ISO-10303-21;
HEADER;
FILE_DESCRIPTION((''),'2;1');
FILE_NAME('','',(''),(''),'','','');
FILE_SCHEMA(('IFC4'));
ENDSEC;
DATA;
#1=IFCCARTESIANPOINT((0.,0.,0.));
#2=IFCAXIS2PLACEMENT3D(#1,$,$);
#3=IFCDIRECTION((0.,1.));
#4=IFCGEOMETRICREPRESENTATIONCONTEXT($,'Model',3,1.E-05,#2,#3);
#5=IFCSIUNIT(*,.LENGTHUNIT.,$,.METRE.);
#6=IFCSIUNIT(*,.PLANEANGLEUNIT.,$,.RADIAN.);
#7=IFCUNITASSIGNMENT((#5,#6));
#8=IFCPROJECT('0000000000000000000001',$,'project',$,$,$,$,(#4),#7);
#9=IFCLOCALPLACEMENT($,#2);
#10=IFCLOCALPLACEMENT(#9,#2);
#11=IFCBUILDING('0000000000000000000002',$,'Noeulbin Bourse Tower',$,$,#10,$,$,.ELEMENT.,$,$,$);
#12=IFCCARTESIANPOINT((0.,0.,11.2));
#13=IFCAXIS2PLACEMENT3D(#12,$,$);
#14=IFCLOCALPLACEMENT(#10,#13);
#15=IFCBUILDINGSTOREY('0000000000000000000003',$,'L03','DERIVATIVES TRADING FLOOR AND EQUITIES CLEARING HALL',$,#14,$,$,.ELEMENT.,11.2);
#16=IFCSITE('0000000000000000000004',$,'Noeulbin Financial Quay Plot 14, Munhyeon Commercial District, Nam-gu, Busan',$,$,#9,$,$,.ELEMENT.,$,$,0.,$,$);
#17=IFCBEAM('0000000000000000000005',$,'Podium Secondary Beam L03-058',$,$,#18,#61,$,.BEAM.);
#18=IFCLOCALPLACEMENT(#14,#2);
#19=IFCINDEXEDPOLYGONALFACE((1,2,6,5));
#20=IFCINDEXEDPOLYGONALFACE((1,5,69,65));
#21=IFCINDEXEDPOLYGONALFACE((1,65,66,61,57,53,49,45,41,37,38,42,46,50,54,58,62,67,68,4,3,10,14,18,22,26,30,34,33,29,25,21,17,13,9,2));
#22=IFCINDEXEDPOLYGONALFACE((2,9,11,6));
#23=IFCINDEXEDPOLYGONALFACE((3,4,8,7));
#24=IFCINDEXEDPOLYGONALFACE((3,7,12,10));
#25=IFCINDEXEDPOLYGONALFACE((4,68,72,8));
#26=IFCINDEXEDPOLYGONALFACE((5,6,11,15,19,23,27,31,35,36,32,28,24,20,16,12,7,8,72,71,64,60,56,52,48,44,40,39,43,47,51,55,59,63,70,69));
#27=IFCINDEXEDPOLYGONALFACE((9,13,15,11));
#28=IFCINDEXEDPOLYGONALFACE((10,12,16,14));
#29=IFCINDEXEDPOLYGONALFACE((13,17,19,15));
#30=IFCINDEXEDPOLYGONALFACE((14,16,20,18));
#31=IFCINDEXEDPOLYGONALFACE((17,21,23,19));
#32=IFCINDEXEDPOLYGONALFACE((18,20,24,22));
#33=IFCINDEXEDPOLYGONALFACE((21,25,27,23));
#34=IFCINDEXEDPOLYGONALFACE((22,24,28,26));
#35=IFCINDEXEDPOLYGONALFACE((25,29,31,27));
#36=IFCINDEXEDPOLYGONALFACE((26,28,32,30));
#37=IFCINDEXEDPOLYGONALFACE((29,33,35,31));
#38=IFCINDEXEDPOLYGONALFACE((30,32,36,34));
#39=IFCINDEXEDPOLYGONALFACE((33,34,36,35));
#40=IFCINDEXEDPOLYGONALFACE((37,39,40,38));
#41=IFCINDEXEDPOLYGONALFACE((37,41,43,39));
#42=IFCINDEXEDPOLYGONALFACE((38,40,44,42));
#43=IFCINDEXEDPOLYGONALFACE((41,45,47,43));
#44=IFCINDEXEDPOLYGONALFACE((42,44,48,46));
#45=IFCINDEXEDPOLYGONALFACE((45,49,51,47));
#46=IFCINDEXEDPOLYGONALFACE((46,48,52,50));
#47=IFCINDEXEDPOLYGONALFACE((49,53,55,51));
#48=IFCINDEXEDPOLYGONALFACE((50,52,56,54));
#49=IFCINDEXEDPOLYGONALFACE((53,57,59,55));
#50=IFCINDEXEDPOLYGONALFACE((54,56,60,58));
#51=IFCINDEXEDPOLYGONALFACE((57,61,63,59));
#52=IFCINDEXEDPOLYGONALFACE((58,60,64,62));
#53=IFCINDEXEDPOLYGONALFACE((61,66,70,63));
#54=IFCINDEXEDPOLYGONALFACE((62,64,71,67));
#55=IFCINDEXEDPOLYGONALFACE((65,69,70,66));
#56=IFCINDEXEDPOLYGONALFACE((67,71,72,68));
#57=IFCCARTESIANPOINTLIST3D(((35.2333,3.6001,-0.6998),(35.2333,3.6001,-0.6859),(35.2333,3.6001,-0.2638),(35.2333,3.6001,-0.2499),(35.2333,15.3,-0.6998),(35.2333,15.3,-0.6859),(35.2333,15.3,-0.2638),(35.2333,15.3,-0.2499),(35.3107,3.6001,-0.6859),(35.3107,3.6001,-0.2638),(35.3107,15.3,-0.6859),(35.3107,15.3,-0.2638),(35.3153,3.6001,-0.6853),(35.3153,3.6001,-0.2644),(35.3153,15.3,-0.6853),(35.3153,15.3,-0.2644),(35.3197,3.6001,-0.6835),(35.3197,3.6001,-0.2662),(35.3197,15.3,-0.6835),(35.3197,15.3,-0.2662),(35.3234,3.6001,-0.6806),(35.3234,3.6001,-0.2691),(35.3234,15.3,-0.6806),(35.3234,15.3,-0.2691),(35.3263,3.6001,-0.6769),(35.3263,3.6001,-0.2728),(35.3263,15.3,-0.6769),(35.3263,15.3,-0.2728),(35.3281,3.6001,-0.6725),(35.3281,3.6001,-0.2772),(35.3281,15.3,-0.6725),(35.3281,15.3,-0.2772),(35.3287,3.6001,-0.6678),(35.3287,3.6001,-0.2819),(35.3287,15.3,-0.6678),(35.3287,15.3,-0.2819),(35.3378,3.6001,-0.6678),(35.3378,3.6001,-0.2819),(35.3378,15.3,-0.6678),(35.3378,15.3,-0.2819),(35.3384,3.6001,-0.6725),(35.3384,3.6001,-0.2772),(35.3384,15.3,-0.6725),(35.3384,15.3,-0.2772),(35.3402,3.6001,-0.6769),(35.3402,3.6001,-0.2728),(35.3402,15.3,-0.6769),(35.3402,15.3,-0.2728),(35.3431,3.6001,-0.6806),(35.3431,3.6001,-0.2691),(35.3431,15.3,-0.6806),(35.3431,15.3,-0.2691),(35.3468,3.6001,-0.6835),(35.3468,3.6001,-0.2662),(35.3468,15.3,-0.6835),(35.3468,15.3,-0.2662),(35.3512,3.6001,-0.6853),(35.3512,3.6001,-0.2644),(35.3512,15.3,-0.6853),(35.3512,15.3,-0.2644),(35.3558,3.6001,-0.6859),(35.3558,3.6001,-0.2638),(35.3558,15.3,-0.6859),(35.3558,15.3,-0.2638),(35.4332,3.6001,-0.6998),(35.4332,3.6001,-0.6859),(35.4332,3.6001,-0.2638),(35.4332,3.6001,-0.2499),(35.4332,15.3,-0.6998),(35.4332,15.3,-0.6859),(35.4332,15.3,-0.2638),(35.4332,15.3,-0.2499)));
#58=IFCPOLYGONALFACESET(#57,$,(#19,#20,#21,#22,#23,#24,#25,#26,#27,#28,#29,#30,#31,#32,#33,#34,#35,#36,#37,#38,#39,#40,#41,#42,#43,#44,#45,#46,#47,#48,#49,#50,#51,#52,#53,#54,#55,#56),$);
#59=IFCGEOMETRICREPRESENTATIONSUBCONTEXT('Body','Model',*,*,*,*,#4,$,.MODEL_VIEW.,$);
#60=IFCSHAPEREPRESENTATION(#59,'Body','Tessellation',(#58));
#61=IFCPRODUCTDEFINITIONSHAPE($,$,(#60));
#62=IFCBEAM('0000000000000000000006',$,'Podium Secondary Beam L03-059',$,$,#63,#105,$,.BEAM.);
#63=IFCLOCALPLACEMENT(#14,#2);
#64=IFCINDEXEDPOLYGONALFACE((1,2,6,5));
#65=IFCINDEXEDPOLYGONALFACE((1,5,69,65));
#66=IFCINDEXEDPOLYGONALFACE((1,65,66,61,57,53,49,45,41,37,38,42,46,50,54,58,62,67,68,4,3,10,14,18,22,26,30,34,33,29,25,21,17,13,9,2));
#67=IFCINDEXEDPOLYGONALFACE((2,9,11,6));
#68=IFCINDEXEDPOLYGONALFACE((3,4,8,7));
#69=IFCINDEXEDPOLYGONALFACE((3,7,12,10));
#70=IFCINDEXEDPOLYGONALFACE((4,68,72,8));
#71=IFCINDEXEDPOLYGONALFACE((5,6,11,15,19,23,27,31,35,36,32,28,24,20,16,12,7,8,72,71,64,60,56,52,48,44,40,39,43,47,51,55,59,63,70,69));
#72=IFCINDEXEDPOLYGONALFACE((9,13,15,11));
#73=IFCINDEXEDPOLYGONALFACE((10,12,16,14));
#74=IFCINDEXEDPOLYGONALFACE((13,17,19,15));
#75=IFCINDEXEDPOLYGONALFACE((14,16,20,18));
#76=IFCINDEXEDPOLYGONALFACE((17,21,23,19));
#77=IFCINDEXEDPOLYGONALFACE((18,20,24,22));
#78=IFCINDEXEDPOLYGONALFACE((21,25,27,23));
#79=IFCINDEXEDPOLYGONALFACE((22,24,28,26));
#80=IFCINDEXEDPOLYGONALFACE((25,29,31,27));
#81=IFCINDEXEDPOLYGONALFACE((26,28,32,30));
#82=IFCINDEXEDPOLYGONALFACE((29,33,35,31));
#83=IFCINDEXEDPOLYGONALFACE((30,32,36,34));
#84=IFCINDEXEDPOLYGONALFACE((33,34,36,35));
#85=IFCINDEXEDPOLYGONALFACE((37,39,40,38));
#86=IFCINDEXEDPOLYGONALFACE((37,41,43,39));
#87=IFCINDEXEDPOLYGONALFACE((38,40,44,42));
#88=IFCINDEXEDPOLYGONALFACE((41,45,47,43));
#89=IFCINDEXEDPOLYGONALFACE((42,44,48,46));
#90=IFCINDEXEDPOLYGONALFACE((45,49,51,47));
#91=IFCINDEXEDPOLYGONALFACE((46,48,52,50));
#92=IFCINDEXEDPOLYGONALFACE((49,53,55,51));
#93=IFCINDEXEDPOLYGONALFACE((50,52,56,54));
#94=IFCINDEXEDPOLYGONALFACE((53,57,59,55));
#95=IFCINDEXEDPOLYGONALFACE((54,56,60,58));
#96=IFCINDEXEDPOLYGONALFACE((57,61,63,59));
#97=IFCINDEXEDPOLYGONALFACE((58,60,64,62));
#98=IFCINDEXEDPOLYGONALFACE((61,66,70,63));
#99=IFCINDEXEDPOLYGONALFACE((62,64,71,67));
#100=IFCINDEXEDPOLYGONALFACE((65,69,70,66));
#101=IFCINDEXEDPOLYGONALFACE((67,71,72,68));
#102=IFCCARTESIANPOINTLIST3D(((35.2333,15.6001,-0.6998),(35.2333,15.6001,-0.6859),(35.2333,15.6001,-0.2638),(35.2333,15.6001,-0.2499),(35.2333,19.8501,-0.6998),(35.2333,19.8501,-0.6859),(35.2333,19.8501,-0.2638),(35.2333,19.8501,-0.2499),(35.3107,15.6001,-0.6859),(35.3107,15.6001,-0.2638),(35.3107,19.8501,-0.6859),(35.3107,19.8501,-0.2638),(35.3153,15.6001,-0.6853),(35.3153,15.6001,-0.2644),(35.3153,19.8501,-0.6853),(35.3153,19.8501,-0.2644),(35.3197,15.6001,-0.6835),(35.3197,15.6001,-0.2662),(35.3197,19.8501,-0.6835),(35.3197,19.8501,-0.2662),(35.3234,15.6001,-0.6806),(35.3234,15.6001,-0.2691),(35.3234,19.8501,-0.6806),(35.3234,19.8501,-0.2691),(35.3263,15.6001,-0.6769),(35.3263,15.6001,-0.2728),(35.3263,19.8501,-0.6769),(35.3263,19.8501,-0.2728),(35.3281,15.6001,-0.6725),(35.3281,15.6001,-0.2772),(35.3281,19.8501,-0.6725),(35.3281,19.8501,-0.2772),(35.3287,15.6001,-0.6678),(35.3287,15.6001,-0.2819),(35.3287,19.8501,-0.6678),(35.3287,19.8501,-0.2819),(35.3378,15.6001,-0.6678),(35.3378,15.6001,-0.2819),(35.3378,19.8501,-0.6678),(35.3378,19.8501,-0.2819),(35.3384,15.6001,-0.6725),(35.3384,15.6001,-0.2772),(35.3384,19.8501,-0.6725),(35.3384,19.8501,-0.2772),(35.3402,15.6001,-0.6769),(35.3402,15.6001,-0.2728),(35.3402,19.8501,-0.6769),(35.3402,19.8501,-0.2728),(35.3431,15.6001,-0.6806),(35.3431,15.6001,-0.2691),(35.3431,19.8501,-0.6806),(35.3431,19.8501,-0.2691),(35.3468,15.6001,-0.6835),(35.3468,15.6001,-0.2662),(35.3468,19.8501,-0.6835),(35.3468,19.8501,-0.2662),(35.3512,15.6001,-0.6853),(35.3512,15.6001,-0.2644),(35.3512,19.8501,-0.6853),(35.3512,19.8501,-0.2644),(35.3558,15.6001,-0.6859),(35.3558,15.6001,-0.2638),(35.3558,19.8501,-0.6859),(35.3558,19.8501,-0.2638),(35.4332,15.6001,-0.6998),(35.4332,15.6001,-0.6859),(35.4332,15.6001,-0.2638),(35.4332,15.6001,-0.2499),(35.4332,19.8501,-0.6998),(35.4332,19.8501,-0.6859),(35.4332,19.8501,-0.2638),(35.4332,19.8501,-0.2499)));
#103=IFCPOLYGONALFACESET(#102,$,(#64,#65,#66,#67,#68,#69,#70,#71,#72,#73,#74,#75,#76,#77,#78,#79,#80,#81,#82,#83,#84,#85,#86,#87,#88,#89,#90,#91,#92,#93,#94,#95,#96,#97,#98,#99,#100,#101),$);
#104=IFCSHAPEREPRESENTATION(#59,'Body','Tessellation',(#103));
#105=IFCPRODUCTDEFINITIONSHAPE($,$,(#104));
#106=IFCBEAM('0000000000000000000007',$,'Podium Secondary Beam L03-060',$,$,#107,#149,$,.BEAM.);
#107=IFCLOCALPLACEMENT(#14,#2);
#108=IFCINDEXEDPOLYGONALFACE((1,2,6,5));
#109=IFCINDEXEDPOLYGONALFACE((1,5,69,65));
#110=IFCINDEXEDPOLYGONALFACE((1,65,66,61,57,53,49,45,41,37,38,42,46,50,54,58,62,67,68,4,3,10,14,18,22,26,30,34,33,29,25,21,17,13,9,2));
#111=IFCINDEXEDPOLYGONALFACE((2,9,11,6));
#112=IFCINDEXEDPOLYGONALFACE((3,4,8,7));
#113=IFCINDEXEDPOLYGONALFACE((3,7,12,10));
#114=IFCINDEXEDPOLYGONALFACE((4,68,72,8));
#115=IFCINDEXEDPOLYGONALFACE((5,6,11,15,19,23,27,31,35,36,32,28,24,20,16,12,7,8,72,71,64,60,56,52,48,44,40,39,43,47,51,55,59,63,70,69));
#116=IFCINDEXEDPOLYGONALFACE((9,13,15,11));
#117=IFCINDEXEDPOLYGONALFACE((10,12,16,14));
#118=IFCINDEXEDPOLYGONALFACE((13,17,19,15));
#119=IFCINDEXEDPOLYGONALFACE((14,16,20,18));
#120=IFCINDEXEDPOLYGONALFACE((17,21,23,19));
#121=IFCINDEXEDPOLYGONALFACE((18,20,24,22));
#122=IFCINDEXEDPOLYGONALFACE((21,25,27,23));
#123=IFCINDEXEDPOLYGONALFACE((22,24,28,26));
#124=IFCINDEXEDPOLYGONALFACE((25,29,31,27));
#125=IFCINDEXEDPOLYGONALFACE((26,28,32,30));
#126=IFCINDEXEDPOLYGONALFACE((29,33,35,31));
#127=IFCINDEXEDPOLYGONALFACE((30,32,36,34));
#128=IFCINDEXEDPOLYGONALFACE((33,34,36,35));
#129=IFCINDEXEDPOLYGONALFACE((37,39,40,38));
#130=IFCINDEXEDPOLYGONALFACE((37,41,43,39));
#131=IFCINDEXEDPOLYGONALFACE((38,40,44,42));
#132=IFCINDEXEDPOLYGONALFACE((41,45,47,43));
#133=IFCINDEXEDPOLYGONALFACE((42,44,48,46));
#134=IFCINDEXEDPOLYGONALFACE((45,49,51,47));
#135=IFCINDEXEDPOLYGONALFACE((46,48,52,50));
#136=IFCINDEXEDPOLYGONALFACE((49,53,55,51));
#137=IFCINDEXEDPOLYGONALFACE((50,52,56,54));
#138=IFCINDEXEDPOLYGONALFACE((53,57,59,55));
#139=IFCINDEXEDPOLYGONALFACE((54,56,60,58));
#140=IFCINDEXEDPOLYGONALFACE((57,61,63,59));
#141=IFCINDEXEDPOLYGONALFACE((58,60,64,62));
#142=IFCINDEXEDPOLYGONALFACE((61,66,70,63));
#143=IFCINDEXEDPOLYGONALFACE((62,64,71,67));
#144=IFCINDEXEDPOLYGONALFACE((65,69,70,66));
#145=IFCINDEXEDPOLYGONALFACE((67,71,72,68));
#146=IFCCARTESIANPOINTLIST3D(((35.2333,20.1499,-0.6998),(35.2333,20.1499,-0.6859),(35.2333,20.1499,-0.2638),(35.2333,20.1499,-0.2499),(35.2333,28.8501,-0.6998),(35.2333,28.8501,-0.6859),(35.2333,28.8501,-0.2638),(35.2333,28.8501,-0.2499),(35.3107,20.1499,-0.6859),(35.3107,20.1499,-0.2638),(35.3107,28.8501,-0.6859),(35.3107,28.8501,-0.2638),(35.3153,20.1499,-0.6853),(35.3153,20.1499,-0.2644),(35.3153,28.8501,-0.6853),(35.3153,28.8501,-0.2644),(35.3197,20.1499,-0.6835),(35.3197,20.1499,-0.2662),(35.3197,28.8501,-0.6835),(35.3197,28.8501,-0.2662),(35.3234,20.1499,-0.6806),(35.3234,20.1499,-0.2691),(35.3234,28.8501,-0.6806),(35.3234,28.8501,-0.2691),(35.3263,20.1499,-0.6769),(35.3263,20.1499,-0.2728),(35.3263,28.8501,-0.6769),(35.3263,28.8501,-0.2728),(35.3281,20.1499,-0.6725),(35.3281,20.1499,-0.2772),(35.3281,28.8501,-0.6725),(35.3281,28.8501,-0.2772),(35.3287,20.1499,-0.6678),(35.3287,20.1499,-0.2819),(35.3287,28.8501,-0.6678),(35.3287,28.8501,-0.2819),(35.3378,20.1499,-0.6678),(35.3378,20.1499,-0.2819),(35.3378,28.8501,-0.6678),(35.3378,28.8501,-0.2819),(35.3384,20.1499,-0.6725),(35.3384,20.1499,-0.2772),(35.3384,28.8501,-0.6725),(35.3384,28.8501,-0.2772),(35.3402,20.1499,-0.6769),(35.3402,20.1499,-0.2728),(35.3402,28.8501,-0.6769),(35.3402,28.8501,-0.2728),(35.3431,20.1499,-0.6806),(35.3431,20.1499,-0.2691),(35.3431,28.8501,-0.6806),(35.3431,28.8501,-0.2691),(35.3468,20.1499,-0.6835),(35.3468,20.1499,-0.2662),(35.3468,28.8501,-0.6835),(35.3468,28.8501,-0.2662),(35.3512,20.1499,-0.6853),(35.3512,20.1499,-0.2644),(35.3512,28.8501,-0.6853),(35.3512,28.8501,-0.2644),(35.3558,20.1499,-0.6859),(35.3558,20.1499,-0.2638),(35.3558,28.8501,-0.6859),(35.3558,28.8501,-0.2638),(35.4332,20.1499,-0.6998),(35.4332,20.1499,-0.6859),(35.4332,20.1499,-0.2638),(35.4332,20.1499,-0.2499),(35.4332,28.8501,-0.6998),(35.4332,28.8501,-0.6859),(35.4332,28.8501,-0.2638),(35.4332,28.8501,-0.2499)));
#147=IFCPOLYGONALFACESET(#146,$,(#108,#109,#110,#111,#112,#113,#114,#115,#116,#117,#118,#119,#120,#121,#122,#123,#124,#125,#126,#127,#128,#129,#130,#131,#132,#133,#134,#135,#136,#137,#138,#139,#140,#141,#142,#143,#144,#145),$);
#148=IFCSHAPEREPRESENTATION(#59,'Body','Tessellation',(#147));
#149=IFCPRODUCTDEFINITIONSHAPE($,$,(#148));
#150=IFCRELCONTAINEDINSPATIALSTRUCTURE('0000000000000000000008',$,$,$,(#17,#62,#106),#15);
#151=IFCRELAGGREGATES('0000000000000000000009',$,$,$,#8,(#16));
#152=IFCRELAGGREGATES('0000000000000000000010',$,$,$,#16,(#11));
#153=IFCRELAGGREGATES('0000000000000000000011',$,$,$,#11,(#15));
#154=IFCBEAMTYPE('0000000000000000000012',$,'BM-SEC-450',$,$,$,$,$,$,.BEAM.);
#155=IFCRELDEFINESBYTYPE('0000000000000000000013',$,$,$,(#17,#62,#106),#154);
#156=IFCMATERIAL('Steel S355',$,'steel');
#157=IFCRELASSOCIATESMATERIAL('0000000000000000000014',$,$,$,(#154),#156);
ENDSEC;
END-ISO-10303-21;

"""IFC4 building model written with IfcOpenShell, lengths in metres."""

from ifc_helpers import new_model, si_unit, direction, frame, origin, origin_2d, place, context, subcontext, project, spatial, i_section, extrude, material, material_profile, profile_set, type_object, element, save


model = new_model("IFC4")

# Units and contexts
model_context = context("Model", 3, precision=1e-05, world=origin(), true_north=direction((0.0, 1.0)))
body_context = subcontext(model_context, "Body", "Model", "MODEL_VIEW")
ifc_project = project(units=[si_unit("LENGTHUNIT", "METRE"), si_unit("PLANEANGLEUNIT", "RADIAN")], contexts=[model_context])

# Site, building, storey
site_placement = place(None, origin())
site = spatial("IfcSite", under=ifc_project, at=site_placement, Name="Noeulbin Financial Quay Plot 14, Munhyeon Commercial District, Nam-gu, Busan", CompositionType="ELEMENT", RefElevation=0.0)
building_placement = place(site_placement, origin())
building = spatial("IfcBuilding", under=site, at=building_placement, Name="Noeulbin Bourse Tower", CompositionType="ELEMENT")
storey_placement = place(building_placement, frame((0.0, 0.0, 11.2)))
storey = spatial("IfcBuildingStorey", under=building, at=storey_placement, Name="L03", Description="DERIVATIVES TRADING FLOOR AND EQUITIES CLEARING HALL", CompositionType="ELEMENT", Elevation=11.2)

# Beams
ifc_material_1 = material(Name="Steel S355", Category="steel")
ifc_material_profile_1 = material_profile(ifc_material_1, i_section(OverallWidth=0.2, OverallDepth=0.45, WebThickness=0.009, FlangeThickness=0.0139, FilletRadius=0.0181, at=origin_2d()), Name="H-450x200x9x14", Category="LoadBearing")
ifc_profile_set_1 = profile_set([ifc_material_profile_1], Name="Steel S355")
beam_type_1 = type_object("IfcBeamType", Name="BM-SEC-450", PredefinedType="BEAM", material=ifc_profile_set_1)
beam_1_placement = place(storey_placement, frame((35.3333, 3.6001, -0.4749), z_axis=(0.0, 1.0, 0.0), x_axis=(-1.0, 0.0, 0.0)))
element("IfcBeam", 1, at=beam_1_placement, inside=storey, type_object=beam_type_1, Name="Podium Secondary Beam L03-058", PredefinedType="BEAM", context=body_context, shape_type="SweptSolid", body=[
    extrude(i_section(OverallWidth=0.2, OverallDepth=0.45, WebThickness=0.009, FlangeThickness=0.0139, FilletRadius=0.0181, at=origin_2d()), origin(), (0.0, 0.0, 1.0), 11.7),
])
beam_2_placement = place(storey_placement, frame((35.3333, 15.6001, -0.4749), z_axis=(0.0, 1.0, 0.0), x_axis=(-1.0, 0.0, 0.0)))
element("IfcBeam", 2, at=beam_2_placement, inside=storey, type_object=beam_type_1, Name="Podium Secondary Beam L03-059", PredefinedType="BEAM", context=body_context, shape_type="SweptSolid", body=[
    extrude(i_section(OverallWidth=0.2, OverallDepth=0.45, WebThickness=0.009, FlangeThickness=0.0139, FilletRadius=0.0181, at=origin_2d()), origin(), (0.0, 0.0, 1.0), 4.25),
])
beam_3_placement = place(storey_placement, frame((35.3333, 20.1499, -0.4749), z_axis=(0.0, 1.0, 0.0), x_axis=(-1.0, 0.0, 0.0)))
element("IfcBeam", 3, at=beam_3_placement, inside=storey, type_object=beam_type_1, Name="Podium Secondary Beam L03-060", PredefinedType="BEAM", context=body_context, shape_type="SweptSolid", body=[
    extrude(i_section(OverallWidth=0.2, OverallDepth=0.45, WebThickness=0.009, FlangeThickness=0.0139, FilletRadius=0.0181, at=origin_2d()), origin(), (0.0, 0.0, 1.0), 8.7002),
])

save(model, "model.ifc")
